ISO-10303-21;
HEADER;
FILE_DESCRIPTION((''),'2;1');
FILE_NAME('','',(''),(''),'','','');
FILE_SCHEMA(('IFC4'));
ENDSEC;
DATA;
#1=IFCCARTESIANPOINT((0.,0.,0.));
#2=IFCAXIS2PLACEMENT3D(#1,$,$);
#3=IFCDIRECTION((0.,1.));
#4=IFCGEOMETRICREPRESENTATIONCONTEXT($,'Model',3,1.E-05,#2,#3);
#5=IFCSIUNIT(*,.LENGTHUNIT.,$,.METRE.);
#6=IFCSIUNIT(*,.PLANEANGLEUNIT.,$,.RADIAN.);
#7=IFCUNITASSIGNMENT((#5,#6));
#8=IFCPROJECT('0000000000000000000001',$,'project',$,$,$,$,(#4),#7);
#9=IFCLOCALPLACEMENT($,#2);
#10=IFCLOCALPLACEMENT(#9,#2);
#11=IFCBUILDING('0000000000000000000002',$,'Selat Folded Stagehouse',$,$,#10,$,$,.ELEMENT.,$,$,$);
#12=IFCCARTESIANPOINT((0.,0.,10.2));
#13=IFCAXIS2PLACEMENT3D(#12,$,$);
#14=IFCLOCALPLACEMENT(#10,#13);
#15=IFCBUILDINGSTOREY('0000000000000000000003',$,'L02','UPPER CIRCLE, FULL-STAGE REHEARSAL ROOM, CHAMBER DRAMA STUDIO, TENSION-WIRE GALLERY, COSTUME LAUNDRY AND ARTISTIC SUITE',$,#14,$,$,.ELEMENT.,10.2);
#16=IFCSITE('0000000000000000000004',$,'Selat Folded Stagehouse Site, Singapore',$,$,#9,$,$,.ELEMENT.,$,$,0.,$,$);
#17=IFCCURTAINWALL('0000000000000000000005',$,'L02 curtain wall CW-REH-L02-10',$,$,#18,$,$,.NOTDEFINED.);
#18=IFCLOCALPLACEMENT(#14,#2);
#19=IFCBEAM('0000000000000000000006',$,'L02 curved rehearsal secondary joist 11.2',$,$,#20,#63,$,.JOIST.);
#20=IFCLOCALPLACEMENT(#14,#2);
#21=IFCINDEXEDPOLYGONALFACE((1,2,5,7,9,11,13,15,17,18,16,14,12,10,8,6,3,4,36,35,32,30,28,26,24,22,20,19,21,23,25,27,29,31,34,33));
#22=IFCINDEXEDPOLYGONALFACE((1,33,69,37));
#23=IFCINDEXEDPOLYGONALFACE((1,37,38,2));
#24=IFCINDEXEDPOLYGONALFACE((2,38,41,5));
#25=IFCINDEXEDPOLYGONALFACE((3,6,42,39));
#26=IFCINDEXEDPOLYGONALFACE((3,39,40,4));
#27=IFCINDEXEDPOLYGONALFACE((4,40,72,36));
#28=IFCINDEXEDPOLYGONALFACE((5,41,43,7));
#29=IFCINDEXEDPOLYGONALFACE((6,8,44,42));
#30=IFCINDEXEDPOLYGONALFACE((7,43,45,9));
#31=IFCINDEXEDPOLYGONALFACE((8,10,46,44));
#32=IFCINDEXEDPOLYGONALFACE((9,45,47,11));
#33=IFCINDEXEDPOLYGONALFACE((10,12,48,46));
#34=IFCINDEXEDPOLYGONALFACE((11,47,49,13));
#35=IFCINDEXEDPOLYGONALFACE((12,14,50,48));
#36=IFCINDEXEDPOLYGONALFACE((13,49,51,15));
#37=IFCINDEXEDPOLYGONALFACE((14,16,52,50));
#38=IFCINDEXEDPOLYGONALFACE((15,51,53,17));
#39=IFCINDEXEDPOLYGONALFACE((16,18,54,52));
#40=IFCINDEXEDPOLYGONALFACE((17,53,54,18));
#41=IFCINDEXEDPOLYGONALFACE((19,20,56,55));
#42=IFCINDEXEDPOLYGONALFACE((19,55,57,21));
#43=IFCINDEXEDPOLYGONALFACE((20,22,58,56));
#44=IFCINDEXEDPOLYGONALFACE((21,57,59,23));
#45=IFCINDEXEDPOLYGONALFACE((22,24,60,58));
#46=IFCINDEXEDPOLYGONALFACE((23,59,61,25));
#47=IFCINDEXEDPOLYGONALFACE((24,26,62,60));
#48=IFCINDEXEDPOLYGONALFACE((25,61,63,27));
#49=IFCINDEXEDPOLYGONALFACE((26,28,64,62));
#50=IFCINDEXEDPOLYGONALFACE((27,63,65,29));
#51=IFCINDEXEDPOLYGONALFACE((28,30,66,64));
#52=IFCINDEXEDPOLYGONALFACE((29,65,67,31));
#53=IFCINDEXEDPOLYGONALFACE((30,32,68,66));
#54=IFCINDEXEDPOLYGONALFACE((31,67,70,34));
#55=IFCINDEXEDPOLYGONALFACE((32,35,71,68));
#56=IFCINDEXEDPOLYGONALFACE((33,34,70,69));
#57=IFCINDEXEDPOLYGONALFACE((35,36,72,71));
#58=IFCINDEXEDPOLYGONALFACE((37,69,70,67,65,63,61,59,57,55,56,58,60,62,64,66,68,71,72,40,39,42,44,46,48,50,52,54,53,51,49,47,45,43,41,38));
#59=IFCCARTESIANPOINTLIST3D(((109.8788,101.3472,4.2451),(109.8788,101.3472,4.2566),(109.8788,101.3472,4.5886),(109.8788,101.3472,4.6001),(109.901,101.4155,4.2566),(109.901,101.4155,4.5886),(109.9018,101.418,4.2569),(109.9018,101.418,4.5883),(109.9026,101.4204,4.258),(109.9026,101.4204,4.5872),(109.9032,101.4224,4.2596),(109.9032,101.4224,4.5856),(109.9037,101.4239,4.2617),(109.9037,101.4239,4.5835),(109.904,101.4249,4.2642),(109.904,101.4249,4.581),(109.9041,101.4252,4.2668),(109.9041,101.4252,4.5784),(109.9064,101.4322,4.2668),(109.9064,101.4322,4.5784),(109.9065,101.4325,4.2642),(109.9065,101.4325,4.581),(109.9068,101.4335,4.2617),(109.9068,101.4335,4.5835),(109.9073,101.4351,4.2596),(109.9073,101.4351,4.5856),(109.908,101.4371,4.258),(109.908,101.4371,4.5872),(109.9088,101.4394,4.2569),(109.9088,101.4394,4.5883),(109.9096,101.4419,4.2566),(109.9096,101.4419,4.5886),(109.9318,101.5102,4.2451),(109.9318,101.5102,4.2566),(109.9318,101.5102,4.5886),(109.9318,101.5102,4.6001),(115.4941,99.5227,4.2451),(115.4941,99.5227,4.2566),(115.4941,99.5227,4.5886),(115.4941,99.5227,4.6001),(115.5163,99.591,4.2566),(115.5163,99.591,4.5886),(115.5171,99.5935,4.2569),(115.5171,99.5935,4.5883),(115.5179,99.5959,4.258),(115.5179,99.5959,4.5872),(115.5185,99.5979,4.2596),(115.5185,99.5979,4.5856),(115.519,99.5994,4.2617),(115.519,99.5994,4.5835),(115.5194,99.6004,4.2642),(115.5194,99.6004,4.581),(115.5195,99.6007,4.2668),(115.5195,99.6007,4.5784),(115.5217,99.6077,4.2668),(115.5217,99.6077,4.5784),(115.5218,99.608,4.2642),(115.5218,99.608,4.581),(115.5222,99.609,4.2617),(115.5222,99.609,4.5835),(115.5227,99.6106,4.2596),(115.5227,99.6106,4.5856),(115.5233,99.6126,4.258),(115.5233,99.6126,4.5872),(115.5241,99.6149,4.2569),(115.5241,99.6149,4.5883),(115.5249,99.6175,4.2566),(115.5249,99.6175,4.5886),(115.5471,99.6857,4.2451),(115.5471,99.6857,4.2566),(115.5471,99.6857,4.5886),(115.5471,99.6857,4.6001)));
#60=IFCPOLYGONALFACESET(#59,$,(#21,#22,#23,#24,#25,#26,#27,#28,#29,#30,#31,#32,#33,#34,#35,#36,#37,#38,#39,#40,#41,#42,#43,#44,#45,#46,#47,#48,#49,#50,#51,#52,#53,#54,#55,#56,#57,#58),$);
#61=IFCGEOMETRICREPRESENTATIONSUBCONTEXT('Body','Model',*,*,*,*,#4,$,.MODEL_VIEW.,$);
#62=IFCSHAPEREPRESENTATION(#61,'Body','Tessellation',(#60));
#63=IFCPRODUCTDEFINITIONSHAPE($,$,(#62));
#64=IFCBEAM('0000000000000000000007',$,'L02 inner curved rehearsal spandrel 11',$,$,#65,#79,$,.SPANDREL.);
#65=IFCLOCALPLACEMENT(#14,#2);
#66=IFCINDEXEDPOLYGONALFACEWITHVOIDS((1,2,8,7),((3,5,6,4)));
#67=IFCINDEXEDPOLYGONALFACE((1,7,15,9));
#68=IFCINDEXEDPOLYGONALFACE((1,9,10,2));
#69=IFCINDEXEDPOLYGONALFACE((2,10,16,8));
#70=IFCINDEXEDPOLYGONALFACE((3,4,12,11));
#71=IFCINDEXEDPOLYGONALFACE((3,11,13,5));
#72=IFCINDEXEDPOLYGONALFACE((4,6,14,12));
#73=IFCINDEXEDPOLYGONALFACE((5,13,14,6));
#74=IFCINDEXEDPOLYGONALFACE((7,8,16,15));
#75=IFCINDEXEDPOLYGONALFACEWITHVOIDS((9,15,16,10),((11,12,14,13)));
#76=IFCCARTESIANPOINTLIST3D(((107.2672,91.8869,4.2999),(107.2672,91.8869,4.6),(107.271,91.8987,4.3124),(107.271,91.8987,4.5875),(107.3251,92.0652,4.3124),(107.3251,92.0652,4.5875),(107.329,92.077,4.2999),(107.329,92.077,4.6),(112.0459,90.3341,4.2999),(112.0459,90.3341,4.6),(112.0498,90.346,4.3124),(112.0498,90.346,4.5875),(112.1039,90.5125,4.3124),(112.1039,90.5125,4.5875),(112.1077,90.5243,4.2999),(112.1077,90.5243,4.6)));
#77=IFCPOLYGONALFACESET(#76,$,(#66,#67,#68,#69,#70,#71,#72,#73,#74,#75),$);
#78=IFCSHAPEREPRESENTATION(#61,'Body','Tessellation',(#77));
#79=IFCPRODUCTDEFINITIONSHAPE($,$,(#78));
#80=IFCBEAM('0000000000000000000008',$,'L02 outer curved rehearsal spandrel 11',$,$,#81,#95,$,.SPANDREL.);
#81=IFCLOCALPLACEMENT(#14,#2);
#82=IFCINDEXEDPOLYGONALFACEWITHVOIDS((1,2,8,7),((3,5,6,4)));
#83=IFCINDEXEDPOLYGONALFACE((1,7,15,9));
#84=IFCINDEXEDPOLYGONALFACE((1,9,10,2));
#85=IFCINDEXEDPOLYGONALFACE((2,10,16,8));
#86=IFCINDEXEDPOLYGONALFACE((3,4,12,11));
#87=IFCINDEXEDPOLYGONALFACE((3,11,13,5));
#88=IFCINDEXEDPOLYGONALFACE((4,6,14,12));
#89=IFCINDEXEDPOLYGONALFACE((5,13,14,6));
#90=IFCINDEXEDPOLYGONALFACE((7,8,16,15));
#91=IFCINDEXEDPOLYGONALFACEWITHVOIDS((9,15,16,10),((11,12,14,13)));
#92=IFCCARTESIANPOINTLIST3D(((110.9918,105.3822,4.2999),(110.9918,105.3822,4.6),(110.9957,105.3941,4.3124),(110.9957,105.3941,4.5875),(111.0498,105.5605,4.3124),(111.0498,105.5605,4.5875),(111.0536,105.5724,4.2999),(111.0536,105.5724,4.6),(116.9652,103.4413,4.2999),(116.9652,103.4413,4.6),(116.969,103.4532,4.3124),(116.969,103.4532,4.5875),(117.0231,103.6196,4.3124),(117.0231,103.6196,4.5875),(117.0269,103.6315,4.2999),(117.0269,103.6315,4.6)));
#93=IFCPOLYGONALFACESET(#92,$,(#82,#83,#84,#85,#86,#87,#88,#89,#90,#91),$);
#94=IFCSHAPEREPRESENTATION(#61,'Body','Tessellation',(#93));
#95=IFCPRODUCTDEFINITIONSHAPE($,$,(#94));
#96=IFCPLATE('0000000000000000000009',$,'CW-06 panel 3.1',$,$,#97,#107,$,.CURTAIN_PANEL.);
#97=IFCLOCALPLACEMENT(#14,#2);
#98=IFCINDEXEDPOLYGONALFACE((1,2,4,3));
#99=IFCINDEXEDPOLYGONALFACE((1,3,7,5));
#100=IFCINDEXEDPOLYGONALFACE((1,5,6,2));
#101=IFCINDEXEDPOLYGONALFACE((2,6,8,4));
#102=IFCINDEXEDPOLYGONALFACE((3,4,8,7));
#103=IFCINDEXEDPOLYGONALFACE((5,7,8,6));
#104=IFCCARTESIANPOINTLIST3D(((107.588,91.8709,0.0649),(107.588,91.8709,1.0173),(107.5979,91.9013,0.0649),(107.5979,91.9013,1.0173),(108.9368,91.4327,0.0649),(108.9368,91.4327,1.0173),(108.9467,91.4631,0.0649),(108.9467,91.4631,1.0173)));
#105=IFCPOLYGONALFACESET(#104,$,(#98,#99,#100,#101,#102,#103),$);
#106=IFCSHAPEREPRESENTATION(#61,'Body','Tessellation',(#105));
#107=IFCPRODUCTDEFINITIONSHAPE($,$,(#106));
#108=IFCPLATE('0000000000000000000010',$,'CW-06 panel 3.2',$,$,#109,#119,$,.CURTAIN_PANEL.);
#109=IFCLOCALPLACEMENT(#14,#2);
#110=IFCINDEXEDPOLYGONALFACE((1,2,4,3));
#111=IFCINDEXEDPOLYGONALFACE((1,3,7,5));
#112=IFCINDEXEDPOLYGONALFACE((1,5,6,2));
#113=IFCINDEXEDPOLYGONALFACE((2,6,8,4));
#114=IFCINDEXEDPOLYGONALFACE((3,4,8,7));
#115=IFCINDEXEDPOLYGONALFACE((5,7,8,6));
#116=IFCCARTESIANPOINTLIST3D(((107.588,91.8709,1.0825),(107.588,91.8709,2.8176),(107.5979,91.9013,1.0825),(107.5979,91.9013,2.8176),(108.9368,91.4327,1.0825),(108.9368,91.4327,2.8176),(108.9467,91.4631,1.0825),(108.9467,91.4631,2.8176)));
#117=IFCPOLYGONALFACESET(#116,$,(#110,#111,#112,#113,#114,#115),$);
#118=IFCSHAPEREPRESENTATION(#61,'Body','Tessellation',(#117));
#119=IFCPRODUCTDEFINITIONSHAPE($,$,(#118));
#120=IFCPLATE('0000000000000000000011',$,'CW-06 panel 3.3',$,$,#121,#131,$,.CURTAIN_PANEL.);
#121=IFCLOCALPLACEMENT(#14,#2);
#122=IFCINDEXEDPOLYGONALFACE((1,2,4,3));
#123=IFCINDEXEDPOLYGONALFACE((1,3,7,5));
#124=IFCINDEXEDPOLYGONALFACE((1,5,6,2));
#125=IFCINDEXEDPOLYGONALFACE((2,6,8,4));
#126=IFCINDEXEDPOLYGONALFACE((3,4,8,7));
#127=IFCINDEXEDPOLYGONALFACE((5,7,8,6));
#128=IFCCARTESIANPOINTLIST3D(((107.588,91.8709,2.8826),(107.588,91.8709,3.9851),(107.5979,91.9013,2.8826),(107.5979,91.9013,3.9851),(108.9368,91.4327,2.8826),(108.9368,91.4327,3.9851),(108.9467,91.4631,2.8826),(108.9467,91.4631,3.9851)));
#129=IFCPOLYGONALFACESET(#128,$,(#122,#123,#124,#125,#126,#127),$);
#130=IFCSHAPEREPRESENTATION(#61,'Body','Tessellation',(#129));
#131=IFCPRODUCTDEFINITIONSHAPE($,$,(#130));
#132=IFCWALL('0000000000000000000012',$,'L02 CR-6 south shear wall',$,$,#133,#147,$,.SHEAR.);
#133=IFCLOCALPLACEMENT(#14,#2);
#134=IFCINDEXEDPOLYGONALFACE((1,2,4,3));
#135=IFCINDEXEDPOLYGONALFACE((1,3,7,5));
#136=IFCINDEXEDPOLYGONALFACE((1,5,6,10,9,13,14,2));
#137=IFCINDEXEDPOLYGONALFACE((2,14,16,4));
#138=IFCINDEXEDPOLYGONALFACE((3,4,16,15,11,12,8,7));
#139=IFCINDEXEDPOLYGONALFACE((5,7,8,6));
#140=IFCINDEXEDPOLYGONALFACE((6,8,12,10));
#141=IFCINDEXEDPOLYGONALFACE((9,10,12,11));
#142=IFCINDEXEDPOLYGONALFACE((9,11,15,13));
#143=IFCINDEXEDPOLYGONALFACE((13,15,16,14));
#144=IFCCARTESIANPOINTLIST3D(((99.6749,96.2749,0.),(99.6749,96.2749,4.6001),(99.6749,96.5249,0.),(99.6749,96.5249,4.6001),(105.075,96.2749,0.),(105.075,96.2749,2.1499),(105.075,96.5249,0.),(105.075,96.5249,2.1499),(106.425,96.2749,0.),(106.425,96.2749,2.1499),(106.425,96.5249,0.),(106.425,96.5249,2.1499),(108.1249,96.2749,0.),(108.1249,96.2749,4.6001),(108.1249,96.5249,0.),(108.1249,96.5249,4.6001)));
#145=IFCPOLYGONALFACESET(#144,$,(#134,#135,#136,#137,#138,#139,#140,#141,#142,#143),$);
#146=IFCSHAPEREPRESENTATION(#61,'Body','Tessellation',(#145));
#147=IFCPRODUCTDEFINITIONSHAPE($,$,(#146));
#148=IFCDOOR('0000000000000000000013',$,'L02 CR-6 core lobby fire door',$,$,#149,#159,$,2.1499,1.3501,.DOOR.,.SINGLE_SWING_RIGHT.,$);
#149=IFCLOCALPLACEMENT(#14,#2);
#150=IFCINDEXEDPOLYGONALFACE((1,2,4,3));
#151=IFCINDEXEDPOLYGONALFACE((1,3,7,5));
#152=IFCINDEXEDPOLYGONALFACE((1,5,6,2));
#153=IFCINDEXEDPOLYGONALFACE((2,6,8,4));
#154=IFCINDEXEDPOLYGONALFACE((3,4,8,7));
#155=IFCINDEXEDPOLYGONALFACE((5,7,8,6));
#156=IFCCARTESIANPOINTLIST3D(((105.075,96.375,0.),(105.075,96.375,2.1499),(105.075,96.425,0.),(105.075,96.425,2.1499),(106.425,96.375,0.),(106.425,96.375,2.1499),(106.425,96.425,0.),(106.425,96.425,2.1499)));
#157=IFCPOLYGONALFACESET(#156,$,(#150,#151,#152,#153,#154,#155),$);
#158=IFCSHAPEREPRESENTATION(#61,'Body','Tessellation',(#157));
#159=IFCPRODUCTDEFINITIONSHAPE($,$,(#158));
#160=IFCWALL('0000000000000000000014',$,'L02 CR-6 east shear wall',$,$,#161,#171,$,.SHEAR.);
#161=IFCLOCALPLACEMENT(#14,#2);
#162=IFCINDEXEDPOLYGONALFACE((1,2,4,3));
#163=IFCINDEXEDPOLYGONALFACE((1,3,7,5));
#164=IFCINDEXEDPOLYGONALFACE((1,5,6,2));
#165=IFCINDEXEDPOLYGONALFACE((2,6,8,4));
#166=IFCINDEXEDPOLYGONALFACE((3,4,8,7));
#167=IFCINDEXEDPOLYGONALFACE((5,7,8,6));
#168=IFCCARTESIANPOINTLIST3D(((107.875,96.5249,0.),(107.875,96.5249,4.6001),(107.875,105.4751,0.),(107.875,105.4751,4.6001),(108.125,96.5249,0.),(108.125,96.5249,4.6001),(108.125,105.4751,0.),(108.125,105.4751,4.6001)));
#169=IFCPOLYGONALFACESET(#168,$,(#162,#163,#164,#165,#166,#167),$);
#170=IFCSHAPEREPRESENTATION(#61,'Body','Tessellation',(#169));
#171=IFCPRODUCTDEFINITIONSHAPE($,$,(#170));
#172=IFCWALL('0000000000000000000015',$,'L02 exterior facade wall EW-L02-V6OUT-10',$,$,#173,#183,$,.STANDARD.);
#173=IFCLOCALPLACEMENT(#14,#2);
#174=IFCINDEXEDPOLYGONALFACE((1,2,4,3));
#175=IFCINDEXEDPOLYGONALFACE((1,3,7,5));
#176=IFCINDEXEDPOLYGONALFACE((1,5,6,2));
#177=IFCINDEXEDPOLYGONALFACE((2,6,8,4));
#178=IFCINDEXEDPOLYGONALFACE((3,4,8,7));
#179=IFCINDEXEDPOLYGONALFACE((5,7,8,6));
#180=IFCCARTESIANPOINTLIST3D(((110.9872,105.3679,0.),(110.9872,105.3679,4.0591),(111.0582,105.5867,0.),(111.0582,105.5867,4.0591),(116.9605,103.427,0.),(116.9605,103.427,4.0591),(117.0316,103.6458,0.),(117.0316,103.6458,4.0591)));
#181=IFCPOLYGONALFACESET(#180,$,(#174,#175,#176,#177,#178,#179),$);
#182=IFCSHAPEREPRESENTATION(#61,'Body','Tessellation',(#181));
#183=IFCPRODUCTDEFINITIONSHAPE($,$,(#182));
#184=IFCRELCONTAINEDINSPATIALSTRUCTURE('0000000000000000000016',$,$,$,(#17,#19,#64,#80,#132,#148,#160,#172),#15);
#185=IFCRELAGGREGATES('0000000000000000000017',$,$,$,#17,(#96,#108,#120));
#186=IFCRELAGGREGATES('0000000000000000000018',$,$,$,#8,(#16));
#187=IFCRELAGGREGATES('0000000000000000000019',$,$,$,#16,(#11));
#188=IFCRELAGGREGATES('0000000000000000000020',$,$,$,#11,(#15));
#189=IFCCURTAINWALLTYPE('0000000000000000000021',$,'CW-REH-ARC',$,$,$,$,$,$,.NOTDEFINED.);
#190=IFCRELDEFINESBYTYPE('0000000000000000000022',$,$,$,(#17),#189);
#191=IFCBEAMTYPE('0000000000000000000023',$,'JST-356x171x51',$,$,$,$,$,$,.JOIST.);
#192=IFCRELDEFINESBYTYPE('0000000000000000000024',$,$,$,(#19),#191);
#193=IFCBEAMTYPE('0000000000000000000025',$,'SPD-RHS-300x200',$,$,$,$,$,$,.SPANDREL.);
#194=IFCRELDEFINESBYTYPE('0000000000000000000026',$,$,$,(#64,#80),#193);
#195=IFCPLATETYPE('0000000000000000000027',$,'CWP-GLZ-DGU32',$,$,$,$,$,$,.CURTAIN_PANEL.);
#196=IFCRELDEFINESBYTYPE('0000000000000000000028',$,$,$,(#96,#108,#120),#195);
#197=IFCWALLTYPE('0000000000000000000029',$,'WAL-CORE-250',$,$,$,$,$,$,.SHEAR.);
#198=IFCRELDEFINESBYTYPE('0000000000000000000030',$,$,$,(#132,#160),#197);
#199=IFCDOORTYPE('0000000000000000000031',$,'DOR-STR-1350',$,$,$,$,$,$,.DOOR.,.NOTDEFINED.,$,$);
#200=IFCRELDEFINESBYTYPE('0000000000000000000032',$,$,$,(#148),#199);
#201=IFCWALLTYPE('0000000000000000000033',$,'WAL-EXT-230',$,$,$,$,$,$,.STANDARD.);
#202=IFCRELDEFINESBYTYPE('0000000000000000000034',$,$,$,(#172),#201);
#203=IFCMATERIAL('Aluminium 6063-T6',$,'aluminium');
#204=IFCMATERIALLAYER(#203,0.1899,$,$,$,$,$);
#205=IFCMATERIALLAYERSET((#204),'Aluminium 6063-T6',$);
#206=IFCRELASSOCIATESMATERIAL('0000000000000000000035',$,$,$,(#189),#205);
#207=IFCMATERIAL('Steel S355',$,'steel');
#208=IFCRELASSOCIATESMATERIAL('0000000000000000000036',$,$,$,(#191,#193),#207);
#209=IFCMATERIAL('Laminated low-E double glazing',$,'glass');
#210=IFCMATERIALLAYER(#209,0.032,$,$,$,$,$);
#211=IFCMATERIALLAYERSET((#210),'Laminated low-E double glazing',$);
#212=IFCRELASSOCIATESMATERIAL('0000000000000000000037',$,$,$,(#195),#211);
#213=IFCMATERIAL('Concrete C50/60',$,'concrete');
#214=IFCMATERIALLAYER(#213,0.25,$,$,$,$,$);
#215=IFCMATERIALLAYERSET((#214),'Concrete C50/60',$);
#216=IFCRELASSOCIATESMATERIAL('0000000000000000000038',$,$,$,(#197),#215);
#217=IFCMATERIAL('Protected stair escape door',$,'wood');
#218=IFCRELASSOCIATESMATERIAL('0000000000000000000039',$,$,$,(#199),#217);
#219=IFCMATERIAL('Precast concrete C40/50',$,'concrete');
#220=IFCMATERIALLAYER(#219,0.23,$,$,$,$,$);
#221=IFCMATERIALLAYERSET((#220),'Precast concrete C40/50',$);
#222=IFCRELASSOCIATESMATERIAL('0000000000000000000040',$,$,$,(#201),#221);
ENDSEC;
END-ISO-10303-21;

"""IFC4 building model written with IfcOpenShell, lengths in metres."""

from ifc_helpers import new_model, si_unit, direction, frame, frame_2d, origin, origin_2d, place, context, subcontext, project, spatial, rectangle, hollow_rectangle, i_section, extrude, material, layer, layer_set, material_profile, profile_set, type_object, element, fill, aggregate, save


model = new_model("IFC4")

# Units and contexts
model_context = context("Model", 3, precision=1e-05, world=origin(), true_north=direction((0.0, 1.0)))
body_context = subcontext(model_context, "Body", "Model", "MODEL_VIEW")
ifc_project = project(units=[si_unit("LENGTHUNIT", "METRE"), si_unit("PLANEANGLEUNIT", "RADIAN")], contexts=[model_context])

# Site, building, storey
site_placement = place(None, origin())
site = spatial("IfcSite", under=ifc_project, at=site_placement, Name="Selat Folded Stagehouse Site, Singapore", CompositionType="ELEMENT", RefElevation=0.0)
building_placement = place(site_placement, origin())
building = spatial("IfcBuilding", under=site, at=building_placement, Name="Selat Folded Stagehouse", CompositionType="ELEMENT")
storey_placement = place(building_placement, frame((0.0, 0.0, 10.2)))
storey = spatial("IfcBuildingStorey", under=building, at=storey_placement, Name="L02", Description="UPPER CIRCLE, FULL-STAGE REHEARSAL ROOM, CHAMBER DRAMA STUDIO, TENSION-WIRE GALLERY, COSTUME LAUNDRY AND ARTISTIC SUITE", CompositionType="ELEMENT", Elevation=10.2)

# Shared definitions
ifc_material_1 = material(Name="Steel S355", Category="steel")

# Curtain wall
ifc_material_2 = material(Name="Aluminium 6063-T6", Category="aluminium")
ifc_layer_1 = layer(ifc_material_2, 0.1899)
ifc_layer_set_1 = layer_set([ifc_layer_1], Name="Aluminium 6063-T6")
curtain_wall_type = type_object("IfcCurtainWallType", Name="CW-REH-ARC", PredefinedType="NOTDEFINED", material=ifc_layer_set_1)
curtain_wall_1_placement = place(storey_placement, origin())
curtain_wall_1 = element("IfcCurtainWall", 1, at=curtain_wall_1_placement, inside=storey, type_object=curtain_wall_type, Name="L02 curtain wall CW-REH-L02-10", PredefinedType="NOTDEFINED")

# Beams
ifc_material_profile_1 = material_profile(ifc_material_1, i_section(OverallWidth=0.1714, OverallDepth=0.355, WebThickness=0.0073, FlangeThickness=0.0115, FilletRadius=0.0103, at=origin_2d()), Name="UKB 356x171x51")
ifc_profile_set_1 = profile_set([ifc_material_profile_1], Name="Steel S355")
beam_type_1 = type_object("IfcBeamType", Name="JST-356x171x51", PredefinedType="JOIST", material=ifc_profile_set_1)
beam_1_placement = place(storey_placement, frame((109.9053, 101.4287, 4.4226), z_axis=(0.951058, -0.309011, 0.0), x_axis=(0.309011, 0.951058, 0.0)))
element("IfcBeam", 2, at=beam_1_placement, inside=storey, type_object=beam_type_1, Name="L02 curved rehearsal secondary joist 11.2", PredefinedType="JOIST", context=body_context, shape_type="SweptSolid", body=[
    extrude(i_section(OverallWidth=0.1714, OverallDepth=0.355, WebThickness=0.0073, FlangeThickness=0.0115, FilletRadius=0.0103, at=origin_2d()), origin(), (0.0, 0.0, 1.0), 5.9043),
])
ifc_material_profile_2 = material_profile(ifc_material_1, hollow_rectangle(XDim=0.2, YDim=0.3, WallThickness=0.0125, at=origin_2d()), Name="RHS 300x200x12.5")
ifc_profile_set_2 = profile_set([ifc_material_profile_2], Name="Steel S355")
beam_type_2 = type_object("IfcBeamType", Name="SPD-RHS-300x200", PredefinedType="SPANDREL", material=ifc_profile_set_2)
beam_2_placement = place(storey_placement, frame((107.2981, 91.9819, 4.45), z_axis=(0.951056, -0.309018, 0.0), x_axis=(0.309018, 0.951056, 0.0)))
element("IfcBeam", 3, at=beam_2_placement, inside=storey, type_object=beam_type_2, Name="L02 inner curved rehearsal spandrel 11", PredefinedType="SPANDREL", context=body_context, shape_type="SweptSolid", body=[
    extrude(hollow_rectangle(XDim=0.2, YDim=0.3, WallThickness=0.0125, at=origin_2d()), origin(), (0.0, 0.0, 1.0), 5.0247),
])
beam_3_placement = place(storey_placement, frame((111.0227, 105.4773, 4.45), z_axis=(0.951054, -0.309024, 0.0), x_axis=(0.309024, 0.951054, 0.0)))
element("IfcBeam", 4, at=beam_3_placement, inside=storey, type_object=beam_type_2, Name="L02 outer curved rehearsal spandrel 11", PredefinedType="SPANDREL", context=body_context, shape_type="SweptSolid", body=[
    extrude(hollow_rectangle(XDim=0.2, YDim=0.3, WallThickness=0.0125, at=origin_2d()), origin(), (0.0, 0.0, 1.0), 6.2808),
])

# Plates
ifc_material_3 = material(Name="Laminated low-E double glazing", Category="glass")
ifc_layer_2 = layer(ifc_material_3, 0.032)
ifc_layer_set_2 = layer_set([ifc_layer_2], Name="Laminated low-E double glazing")
plate_type = type_object("IfcPlateType", Name="CWP-GLZ-DGU32", PredefinedType="CURTAIN_PANEL", material=ifc_layer_set_2)
plate_1_placement = place(storey_placement, frame((108.2673, 91.667, 0.0649), z_axis=(0.0, 0.0, 1.0), x_axis=(-0.951065, 0.308992, 0.0)))
plate_1 = element("IfcPlate", 5, at=plate_1_placement, type_object=plate_type, Name="CW-06 panel 3.1", PredefinedType="CURTAIN_PANEL", context=body_context, shape_type="SweptSolid", body=[
    extrude(rectangle(XDim=1.4182, YDim=0.032, at=origin_2d()), origin(), (0.0, 0.0, 1.0), 0.9524),
])
plate_2_placement = place(storey_placement, frame((108.2673, 91.667, 1.0825), z_axis=(0.0, 0.0, 1.0), x_axis=(-0.951065, 0.308992, 0.0)))
plate_2 = element("IfcPlate", 6, at=plate_2_placement, type_object=plate_type, Name="CW-06 panel 3.2", PredefinedType="CURTAIN_PANEL", context=body_context, shape_type="SweptSolid", body=[
    extrude(rectangle(XDim=1.4182, YDim=0.032, at=origin_2d()), origin(), (0.0, 0.0, 1.0), 1.7351),
])
plate_3_placement = place(storey_placement, frame((108.2673, 91.667, 2.8826), z_axis=(0.0, 0.0, 1.0), x_axis=(-0.951065, 0.308992, 0.0)))
plate_3 = element("IfcPlate", 7, at=plate_3_placement, type_object=plate_type, Name="CW-06 panel 3.3", PredefinedType="CURTAIN_PANEL", context=body_context, shape_type="SweptSolid", body=[
    extrude(rectangle(XDim=1.4182, YDim=0.032, at=origin_2d()), origin(), (0.0, 0.0, 1.0), 1.1025),
])
aggregate(curtain_wall_1, [plate_1, plate_2, plate_3])

# Wall, opening, door
ifc_material_4 = material(Name="Concrete C50/60", Category="concrete")
ifc_layer_3 = layer(ifc_material_4, 0.25)
ifc_layer_set_3 = layer_set([ifc_layer_3], Name="Concrete C50/60")
wall_type_1 = type_object("IfcWallType", Name="WAL-CORE-250", PredefinedType="SHEAR", material=ifc_layer_set_3)
wall_1_placement = place(storey_placement, frame((108.125, 96.3999, 0.0), z_axis=(0.0, 0.0, 1.0), x_axis=(-1.0, 0.0, 0.0)))
wall_1 = element("IfcWall", 8, at=wall_1_placement, inside=storey, type_object=wall_type_1, Name="L02 CR-6 south shear wall", PredefinedType="SHEAR", context=body_context, shape_type="SweptSolid", body=[
    extrude(rectangle(XDim=8.45, YDim=0.25, at=frame_2d((4.2251, 0.0))), origin(), (0.0, 0.0, 1.0), 4.6001),
])
opening_placement = place(wall_1_placement, frame((1.7, 0.0, 0.0)))
opening = element("IfcOpeningElement", 9, at=opening_placement, cuts=wall_1, PredefinedType="OPENING", context=body_context, shape_type="SweptSolid", body=[
    extrude(rectangle(XDim=1.3501, YDim=2.1499, at=frame_2d((0.675, 1.075))), frame((0.0, 0.135, 0.0), z_axis=(0.0, -1.0, 0.0), x_axis=(1.0, 0.0, 0.0)), (0.0, 0.0, 1.0), 0.27),
])
ifc_material_5 = material(Name="Protected stair escape door", Category="wood")
door_type = type_object("IfcDoorType", Name="DOR-STR-1350", OperationType="NOTDEFINED", PredefinedType="DOOR", material=ifc_material_5)
door_placement = place(opening_placement, origin())
door = element("IfcDoor", 10, at=door_placement, inside=storey, type_object=door_type, Name="L02 CR-6 core lobby fire door", OperationType="SINGLE_SWING_RIGHT", OverallHeight=2.1499, OverallWidth=1.3501, PredefinedType="DOOR", context=body_context, shape_type="SweptSolid", body=[
    extrude(rectangle(XDim=1.3501, YDim=2.1499, at=frame_2d((0.675, 1.075))), frame((0.0, 0.0249, 0.0), z_axis=(0.0, -1.0, 0.0), x_axis=(1.0, 0.0, 0.0)), (0.0, 0.0, 1.0), 0.05),
])
fill(opening, door)

# Walls
wall_2_placement = place(storey_placement, frame((108.0, 105.4751, 0.0), z_axis=(0.0, 0.0, 1.0), x_axis=(0.0, -1.0, 0.0)))
element("IfcWall", 11, at=wall_2_placement, inside=storey, type_object=wall_type_1, Name="L02 CR-6 east shear wall", PredefinedType="SHEAR", context=body_context, shape_type="SweptSolid", body=[
    extrude(rectangle(XDim=8.9502, YDim=0.25, at=frame_2d((4.4751, 0.0))), origin(), (0.0, 0.0, 1.0), 4.6001),
])
ifc_material_6 = material(Name="Precast concrete C40/50", Category="concrete")
ifc_layer_4 = layer(ifc_material_6, 0.23)
ifc_layer_set_4 = layer_set([ifc_layer_4], Name="Precast concrete C40/50")
wall_type_2 = type_object("IfcWallType", Name="WAL-EXT-230", PredefinedType="STANDARD", material=ifc_layer_set_4)
wall_3_placement = place(storey_placement, frame((111.0227, 105.4773, 0.0), z_axis=(0.0, 0.0, 1.0), x_axis=(0.951054, -0.309024, 0.0)))
element("IfcWall", 12, at=wall_3_placement, inside=storey, type_object=wall_type_2, Name="L02 exterior facade wall EW-L02-V6OUT-10", PredefinedType="STANDARD", context=body_context, shape_type="SweptSolid", body=[
    extrude(rectangle(XDim=6.2808, YDim=0.23, at=frame_2d((3.1404, 0.0))), origin(), (0.0, 0.0, 1.0), 4.0591),
])

save(model, "model.ifc")
